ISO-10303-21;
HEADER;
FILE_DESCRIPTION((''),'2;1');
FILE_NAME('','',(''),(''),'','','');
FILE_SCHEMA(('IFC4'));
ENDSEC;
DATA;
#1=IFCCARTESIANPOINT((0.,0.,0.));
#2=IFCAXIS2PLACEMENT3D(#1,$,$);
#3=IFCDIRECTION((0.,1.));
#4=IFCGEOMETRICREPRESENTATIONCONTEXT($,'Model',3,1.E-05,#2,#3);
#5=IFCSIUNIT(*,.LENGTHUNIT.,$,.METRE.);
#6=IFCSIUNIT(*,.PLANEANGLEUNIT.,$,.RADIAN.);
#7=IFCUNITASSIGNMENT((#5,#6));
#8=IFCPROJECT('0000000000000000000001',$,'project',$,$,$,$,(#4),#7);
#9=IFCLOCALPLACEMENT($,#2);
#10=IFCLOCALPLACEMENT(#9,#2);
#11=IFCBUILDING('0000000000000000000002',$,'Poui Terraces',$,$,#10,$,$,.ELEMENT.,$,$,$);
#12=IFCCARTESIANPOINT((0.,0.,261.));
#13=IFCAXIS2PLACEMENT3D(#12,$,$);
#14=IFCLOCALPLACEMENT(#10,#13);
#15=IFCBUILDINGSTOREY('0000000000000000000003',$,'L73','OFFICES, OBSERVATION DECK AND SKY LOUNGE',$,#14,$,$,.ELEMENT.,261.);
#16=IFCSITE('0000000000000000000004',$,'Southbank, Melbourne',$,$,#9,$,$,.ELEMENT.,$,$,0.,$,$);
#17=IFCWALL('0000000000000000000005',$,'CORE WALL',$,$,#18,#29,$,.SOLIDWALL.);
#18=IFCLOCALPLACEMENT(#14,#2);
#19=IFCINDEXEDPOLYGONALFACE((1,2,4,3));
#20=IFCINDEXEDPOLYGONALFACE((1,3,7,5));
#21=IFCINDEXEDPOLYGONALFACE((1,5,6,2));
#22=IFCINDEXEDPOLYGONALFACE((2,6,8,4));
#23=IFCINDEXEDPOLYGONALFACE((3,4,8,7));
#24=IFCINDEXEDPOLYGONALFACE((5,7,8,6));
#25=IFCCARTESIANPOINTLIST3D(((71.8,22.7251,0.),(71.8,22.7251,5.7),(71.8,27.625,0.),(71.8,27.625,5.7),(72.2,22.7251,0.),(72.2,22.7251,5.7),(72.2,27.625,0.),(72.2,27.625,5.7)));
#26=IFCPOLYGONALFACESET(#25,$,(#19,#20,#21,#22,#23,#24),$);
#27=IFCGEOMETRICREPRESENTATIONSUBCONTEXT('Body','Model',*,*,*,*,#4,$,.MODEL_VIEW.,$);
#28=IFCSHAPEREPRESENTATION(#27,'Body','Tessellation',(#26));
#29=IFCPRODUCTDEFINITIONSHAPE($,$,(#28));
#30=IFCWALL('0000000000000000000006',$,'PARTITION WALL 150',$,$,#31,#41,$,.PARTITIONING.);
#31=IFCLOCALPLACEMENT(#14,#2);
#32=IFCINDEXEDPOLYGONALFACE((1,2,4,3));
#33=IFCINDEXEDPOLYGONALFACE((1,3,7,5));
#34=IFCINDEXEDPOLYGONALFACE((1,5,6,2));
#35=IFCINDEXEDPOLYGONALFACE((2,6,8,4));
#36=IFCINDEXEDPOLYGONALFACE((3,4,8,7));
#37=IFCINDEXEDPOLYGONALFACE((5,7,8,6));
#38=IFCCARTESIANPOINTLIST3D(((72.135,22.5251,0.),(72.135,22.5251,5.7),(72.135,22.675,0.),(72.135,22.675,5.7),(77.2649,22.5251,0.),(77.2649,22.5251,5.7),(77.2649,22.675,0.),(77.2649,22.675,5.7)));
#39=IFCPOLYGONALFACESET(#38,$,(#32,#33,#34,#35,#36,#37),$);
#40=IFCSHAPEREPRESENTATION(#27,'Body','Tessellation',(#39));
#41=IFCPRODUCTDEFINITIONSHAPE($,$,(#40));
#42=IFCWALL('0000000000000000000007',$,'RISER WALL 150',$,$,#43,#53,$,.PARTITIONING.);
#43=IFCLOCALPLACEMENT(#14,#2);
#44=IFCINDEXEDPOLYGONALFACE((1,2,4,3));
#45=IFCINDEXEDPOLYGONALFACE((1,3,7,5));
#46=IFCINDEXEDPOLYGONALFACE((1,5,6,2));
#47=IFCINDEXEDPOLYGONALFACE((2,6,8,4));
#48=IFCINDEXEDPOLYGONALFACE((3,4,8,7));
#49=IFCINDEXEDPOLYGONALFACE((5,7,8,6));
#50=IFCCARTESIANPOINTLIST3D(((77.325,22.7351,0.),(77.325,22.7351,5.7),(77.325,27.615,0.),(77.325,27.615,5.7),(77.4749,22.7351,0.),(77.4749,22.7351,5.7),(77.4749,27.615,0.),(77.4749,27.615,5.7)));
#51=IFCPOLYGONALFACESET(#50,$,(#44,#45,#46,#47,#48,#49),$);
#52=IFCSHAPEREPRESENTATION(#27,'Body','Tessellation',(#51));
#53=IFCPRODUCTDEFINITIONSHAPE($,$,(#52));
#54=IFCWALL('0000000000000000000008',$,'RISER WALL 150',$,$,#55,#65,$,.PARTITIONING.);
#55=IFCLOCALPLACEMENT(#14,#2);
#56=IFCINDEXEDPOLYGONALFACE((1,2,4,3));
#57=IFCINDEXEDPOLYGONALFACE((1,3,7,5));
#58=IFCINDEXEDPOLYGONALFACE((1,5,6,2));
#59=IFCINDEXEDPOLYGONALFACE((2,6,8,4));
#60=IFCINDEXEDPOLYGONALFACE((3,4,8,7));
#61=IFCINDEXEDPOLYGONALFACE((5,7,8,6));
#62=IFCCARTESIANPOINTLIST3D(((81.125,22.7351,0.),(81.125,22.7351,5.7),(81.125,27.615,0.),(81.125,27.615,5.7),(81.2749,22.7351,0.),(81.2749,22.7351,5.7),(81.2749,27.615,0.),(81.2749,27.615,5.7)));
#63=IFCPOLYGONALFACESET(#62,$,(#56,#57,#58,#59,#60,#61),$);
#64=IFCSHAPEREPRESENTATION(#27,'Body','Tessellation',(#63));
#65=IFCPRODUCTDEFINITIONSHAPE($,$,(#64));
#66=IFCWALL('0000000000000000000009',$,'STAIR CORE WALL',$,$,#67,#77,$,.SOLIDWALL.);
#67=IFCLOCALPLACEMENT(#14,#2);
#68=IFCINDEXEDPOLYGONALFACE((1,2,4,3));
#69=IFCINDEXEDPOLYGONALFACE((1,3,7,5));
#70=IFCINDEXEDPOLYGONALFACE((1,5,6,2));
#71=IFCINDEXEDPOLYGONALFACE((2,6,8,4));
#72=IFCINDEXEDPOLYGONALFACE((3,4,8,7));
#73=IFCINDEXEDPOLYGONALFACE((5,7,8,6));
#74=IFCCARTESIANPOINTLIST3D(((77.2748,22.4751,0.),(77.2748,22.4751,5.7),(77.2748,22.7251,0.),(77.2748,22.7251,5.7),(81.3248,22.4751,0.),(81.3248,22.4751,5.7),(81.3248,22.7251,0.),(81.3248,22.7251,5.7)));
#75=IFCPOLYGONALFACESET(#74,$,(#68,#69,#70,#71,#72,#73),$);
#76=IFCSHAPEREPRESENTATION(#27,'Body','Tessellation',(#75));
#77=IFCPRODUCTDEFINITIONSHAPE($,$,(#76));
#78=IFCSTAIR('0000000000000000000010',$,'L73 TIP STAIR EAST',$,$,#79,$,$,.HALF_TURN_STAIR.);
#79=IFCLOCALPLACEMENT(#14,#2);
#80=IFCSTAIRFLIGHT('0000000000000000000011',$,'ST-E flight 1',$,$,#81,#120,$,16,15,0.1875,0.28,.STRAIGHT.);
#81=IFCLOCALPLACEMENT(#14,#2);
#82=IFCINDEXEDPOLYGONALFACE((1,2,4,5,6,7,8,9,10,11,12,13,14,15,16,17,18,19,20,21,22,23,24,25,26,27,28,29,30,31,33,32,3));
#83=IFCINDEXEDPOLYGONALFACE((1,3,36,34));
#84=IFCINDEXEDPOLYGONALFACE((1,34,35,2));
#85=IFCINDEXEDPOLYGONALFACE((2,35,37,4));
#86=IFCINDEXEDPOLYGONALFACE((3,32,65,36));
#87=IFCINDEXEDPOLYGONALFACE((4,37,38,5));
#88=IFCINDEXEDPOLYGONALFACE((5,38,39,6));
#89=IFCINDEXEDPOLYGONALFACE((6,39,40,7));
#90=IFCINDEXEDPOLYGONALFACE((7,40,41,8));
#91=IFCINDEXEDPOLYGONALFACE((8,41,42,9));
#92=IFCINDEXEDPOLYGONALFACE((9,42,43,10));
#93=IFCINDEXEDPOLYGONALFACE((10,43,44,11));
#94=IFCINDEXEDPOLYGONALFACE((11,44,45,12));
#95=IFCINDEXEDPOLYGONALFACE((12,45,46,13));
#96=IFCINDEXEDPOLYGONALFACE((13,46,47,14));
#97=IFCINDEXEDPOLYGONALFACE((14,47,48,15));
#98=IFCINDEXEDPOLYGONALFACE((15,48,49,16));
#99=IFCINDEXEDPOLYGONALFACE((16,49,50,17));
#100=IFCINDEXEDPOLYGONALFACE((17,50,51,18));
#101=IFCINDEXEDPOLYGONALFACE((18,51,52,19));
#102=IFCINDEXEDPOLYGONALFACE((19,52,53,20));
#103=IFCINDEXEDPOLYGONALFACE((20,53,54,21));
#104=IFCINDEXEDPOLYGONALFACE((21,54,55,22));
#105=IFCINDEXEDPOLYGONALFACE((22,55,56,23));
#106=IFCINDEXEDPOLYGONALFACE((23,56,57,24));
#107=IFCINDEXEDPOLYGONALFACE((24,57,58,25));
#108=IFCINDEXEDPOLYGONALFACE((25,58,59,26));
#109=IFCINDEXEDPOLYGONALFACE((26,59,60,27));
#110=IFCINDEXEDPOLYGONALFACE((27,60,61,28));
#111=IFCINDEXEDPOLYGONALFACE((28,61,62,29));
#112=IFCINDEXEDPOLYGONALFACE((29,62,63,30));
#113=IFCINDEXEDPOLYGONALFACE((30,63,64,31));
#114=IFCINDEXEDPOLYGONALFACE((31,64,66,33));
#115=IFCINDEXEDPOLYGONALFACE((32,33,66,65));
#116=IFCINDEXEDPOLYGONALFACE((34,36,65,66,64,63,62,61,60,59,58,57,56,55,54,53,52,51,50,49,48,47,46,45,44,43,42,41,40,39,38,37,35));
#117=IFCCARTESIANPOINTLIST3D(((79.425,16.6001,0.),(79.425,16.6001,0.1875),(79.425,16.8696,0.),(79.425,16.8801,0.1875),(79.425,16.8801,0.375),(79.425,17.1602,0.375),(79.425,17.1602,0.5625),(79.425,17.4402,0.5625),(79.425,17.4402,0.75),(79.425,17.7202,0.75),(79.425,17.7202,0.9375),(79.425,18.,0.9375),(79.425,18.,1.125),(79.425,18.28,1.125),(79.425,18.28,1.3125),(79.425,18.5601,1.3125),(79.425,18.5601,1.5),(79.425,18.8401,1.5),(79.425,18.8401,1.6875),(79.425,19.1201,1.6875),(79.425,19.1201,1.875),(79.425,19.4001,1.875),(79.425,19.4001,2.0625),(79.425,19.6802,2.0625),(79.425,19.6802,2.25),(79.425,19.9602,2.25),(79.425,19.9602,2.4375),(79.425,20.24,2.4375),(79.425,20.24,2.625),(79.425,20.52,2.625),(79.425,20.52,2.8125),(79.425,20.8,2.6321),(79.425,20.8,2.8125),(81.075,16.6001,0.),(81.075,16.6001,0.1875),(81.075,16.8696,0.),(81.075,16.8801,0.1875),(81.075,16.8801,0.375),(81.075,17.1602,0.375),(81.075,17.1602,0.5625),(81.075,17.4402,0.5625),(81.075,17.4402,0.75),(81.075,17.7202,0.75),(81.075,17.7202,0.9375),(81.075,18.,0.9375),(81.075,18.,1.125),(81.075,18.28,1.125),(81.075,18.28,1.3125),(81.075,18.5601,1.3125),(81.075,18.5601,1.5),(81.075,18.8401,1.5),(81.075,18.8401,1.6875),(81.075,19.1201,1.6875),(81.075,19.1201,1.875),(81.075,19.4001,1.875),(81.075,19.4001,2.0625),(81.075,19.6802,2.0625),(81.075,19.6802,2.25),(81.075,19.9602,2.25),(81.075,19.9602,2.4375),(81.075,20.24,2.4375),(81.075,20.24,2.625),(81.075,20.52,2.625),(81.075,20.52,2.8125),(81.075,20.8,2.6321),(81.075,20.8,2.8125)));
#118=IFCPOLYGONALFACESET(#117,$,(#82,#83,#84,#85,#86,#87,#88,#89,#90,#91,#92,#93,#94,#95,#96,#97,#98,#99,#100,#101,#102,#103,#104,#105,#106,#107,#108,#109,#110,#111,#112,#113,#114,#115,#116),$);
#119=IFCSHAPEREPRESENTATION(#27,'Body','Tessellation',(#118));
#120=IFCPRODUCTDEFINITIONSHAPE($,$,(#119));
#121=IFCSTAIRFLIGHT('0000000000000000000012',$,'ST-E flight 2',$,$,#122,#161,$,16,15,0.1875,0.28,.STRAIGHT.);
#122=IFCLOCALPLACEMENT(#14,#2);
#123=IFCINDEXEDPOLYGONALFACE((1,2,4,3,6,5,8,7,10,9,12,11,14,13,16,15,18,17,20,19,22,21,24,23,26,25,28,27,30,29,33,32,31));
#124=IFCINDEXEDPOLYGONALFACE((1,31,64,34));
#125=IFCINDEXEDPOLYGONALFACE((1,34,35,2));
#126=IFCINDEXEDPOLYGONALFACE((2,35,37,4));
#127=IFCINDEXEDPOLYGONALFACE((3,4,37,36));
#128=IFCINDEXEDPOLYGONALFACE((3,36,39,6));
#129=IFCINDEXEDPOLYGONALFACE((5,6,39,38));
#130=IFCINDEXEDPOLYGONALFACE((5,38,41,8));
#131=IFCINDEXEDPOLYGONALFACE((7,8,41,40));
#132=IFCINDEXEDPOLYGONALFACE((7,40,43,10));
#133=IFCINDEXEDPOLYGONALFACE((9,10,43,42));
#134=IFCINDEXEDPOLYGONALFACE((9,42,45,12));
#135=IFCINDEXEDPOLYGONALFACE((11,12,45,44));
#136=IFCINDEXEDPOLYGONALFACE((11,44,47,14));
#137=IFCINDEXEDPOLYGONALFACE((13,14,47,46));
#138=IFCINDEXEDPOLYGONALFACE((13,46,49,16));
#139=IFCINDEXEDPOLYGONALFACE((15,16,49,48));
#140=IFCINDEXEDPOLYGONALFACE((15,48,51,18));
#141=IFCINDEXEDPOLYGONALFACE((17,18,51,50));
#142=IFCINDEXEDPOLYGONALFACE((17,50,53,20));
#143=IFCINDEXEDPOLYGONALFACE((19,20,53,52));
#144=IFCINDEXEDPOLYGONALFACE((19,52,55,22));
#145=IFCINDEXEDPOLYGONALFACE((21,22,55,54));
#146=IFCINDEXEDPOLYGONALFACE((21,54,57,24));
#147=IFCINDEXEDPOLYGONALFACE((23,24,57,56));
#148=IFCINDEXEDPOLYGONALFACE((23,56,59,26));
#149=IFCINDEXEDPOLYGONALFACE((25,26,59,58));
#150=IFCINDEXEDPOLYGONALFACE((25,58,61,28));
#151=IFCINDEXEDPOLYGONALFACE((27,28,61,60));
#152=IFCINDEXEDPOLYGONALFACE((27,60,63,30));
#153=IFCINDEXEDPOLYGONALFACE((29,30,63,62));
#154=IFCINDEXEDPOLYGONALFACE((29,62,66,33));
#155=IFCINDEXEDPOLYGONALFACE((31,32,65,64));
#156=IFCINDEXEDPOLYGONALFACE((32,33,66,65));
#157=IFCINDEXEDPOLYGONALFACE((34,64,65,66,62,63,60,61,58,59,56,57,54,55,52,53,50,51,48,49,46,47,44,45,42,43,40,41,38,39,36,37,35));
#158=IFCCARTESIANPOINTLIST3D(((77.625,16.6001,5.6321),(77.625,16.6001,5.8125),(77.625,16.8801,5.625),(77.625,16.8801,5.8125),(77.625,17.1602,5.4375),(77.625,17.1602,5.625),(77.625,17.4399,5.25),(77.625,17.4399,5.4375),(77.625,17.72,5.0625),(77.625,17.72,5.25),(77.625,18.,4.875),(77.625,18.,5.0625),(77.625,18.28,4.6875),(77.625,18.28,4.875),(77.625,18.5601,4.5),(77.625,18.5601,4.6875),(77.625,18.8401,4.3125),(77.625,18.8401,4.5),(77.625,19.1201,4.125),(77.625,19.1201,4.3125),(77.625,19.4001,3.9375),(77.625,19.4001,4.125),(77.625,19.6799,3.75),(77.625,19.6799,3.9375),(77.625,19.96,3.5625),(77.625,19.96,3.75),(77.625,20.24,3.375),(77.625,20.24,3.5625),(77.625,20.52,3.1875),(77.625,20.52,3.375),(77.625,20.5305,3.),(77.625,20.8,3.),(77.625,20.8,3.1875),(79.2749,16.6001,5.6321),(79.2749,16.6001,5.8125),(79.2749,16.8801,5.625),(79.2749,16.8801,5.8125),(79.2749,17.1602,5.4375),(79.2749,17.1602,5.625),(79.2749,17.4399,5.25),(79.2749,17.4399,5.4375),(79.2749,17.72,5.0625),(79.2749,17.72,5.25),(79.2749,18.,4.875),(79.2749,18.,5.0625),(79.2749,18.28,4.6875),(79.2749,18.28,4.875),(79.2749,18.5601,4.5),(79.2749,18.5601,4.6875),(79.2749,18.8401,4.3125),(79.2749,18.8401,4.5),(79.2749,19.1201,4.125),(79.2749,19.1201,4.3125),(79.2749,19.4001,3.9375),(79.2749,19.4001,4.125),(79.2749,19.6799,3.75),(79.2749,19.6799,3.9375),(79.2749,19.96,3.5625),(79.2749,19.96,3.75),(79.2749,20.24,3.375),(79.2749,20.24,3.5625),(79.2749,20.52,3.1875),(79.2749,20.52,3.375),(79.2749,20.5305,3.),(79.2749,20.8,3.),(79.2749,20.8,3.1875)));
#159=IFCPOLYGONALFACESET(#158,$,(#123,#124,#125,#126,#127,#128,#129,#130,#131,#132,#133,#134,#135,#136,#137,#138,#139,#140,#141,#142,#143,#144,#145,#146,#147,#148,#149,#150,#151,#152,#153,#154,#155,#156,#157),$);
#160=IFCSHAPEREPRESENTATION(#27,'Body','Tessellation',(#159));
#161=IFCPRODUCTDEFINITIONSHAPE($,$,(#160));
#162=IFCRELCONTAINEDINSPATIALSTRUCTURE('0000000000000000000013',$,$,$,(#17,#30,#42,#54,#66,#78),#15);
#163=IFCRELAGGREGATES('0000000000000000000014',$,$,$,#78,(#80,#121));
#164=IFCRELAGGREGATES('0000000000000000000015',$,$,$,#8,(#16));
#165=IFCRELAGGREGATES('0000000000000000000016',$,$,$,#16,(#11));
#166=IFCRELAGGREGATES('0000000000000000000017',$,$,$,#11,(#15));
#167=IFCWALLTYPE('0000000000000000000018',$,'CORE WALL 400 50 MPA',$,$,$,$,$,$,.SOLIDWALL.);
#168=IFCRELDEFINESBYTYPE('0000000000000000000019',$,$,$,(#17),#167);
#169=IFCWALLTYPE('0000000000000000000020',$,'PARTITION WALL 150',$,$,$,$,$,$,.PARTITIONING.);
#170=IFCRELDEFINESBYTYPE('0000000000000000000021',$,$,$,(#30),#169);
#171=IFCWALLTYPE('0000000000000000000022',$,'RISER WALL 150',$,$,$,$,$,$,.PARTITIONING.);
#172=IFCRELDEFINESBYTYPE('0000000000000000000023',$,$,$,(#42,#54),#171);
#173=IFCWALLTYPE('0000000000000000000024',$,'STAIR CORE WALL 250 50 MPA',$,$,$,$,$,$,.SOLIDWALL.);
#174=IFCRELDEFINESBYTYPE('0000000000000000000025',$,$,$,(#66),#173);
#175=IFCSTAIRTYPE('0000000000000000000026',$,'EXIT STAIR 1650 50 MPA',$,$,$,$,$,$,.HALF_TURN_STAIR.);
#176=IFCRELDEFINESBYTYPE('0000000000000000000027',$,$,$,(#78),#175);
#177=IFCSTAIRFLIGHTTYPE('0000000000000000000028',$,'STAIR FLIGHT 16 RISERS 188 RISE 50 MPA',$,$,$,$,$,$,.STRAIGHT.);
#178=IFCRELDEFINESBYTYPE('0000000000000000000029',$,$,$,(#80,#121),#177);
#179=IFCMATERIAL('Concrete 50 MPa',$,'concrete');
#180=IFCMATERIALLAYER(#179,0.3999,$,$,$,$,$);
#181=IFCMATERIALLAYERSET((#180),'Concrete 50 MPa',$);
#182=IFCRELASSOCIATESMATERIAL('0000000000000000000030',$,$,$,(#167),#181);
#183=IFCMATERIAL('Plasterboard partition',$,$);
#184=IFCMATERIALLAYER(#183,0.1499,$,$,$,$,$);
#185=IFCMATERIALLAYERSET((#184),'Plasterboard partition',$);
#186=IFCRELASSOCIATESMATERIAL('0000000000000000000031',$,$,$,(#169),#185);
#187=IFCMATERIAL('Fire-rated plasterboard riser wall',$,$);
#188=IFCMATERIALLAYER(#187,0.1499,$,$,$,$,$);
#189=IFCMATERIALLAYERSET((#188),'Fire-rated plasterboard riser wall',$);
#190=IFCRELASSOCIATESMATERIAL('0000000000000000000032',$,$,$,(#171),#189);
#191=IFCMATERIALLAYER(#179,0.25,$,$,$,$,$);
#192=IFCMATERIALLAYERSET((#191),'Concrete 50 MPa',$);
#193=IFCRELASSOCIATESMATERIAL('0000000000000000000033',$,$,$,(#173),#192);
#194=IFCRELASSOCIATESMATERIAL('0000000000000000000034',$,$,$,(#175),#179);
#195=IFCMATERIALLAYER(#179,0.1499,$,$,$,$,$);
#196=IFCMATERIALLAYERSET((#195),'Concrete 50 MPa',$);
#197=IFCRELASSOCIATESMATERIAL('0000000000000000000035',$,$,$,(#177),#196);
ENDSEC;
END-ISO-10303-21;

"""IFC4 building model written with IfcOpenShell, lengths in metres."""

from ifc_helpers import new_model, si_unit, direction, frame, frame_2d, origin, place, context, subcontext, project, spatial, polyline, rectangle, outline, extrude, material, layer, layer_set, type_object, element, aggregate, save


model = new_model("IFC4")

# Units and contexts
model_context = context("Model", 3, precision=1e-05, world=origin(), true_north=direction((0.0, 1.0)))
body_context = subcontext(model_context, "Body", "Model", "MODEL_VIEW")
ifc_project = project(units=[si_unit("LENGTHUNIT", "METRE"), si_unit("PLANEANGLEUNIT", "RADIAN")], contexts=[model_context])

# Site, building, storey
site_placement = place(None, origin())
site = spatial("IfcSite", under=ifc_project, at=site_placement, Name="Southbank, Melbourne", CompositionType="ELEMENT", RefElevation=0.0)
building_placement = place(site_placement, origin())
building = spatial("IfcBuilding", under=site, at=building_placement, Name="Poui Terraces", CompositionType="ELEMENT")
storey_placement = place(building_placement, frame((0.0, 0.0, 261.0)))
storey = spatial("IfcBuildingStorey", under=building, at=storey_placement, Name="L73", Description="OFFICES, OBSERVATION DECK AND SKY LOUNGE", CompositionType="ELEMENT", Elevation=261.0)

# Walls
ifc_material_1 = material(Name="Concrete 50 MPa", Category="concrete")
ifc_layer_1 = layer(ifc_material_1, 0.3999)
ifc_layer_set_1 = layer_set([ifc_layer_1], Name="Concrete 50 MPa")
wall_type_1 = type_object("IfcWallType", Name="CORE WALL 400 50 MPA", PredefinedType="SOLIDWALL", material=ifc_layer_set_1)
wall_1_placement = place(storey_placement, frame((72.0, 22.7251, 0.0), z_axis=(0.0, 0.0, 1.0), x_axis=(0.0, 1.0, 0.0)))
element("IfcWall", 1, at=wall_1_placement, inside=storey, type_object=wall_type_1, Name="CORE WALL", PredefinedType="SOLIDWALL", context=body_context, shape_type="SweptSolid", body=[
    extrude(rectangle(XDim=4.8999, YDim=0.3999, at=frame_2d((2.45, 0.0))), origin(), (0.0, 0.0, 1.0), 5.7),
])
ifc_material_2 = material(Name="Plasterboard partition")
ifc_layer_2 = layer(ifc_material_2, 0.1499)
ifc_layer_set_2 = layer_set([ifc_layer_2], Name="Plasterboard partition")
wall_type_2 = type_object("IfcWallType", Name="PARTITION WALL 150", PredefinedType="PARTITIONING", material=ifc_layer_set_2)
wall_2_placement = place(storey_placement, frame((72.135, 22.6001, 0.0), z_axis=(0.0, 0.0, 1.0), x_axis=(1.0, 0.0, 0.0)))
element("IfcWall", 2, at=wall_2_placement, inside=storey, type_object=wall_type_2, Name="PARTITION WALL 150", PredefinedType="PARTITIONING", context=body_context, shape_type="SweptSolid", body=[
    extrude(rectangle(XDim=5.1299, YDim=0.1499, at=frame_2d((2.5649, 0.0))), origin(), (0.0, 0.0, 1.0), 5.7),
])
ifc_material_3 = material(Name="Fire-rated plasterboard riser wall")
ifc_layer_3 = layer(ifc_material_3, 0.1499)
ifc_layer_set_3 = layer_set([ifc_layer_3], Name="Fire-rated plasterboard riser wall")
wall_type_3 = type_object("IfcWallType", Name="RISER WALL 150", PredefinedType="PARTITIONING", material=ifc_layer_set_3)
for number, where, z_axis, x_axis, name in (
    (3, (77.3999, 22.7351, 0.0), (0.0, 0.0, 1.0), (0.0, 1.0, 0.0), "RISER WALL 150"),
    (4, (81.2, 22.7351, 0.0), (0.0, 0.0, 1.0), (0.0, 1.0, 0.0), "RISER WALL 150"),
):
    element("IfcWall", number, at=place(storey_placement, frame(where, z_axis=z_axis, x_axis=x_axis)), inside=storey, type_object=wall_type_3, Name=name, PredefinedType="PARTITIONING", context=body_context, shape_type="SweptSolid", body=[
        extrude(rectangle(XDim=4.8799, YDim=0.1499, at=frame_2d((2.4399, 0.0))), origin(), (0.0, 0.0, 1.0), 5.7),
    ])
ifc_layer_4 = layer(ifc_material_1, 0.25)
ifc_layer_set_4 = layer_set([ifc_layer_4], Name="Concrete 50 MPa")
wall_type_4 = type_object("IfcWallType", Name="STAIR CORE WALL 250 50 MPA", PredefinedType="SOLIDWALL", material=ifc_layer_set_4)
wall_3_placement = place(storey_placement, frame((77.2749, 22.6001, 0.0), z_axis=(0.0, 0.0, 1.0), x_axis=(1.0, 0.0, 0.0)))
element("IfcWall", 5, at=wall_3_placement, inside=storey, type_object=wall_type_4, Name="STAIR CORE WALL", PredefinedType="SOLIDWALL", context=body_context, shape_type="SweptSolid", body=[
    extrude(rectangle(XDim=4.05, YDim=0.25, at=frame_2d((2.0249, 0.0))), origin(), (0.0, 0.0, 1.0), 5.7),
])

# Stair, stair flights
stair_type = type_object("IfcStairType", Name="EXIT STAIR 1650 50 MPA", PredefinedType="HALF_TURN_STAIR", material=ifc_material_1)
stair_placement = place(storey_placement, origin())
stair = element("IfcStair", 6, at=stair_placement, inside=storey, type_object=stair_type, Name="L73 TIP STAIR EAST", PredefinedType="HALF_TURN_STAIR")
ifc_layer_5 = layer(ifc_material_1, 0.1499)
ifc_layer_set_5 = layer_set([ifc_layer_5], Name="Concrete 50 MPa")
stair_flight_type = type_object("IfcStairFlightType", Name="STAIR FLIGHT 16 RISERS 188 RISE 50 MPA", PredefinedType="STRAIGHT", material=ifc_layer_set_5)
stair_flight_1_placement = place(storey_placement, frame((80.25, 16.6001, 0.0), z_axis=(0.0, 0.0, 1.0), x_axis=(0.0, 1.0, 0.0)))
stair_flight_1 = element("IfcStairFlight", 7, at=stair_flight_1_placement, type_object=stair_flight_type, Name="ST-E flight 1", NumberOfRisers=16, NumberOfTreads=15, PredefinedType="STRAIGHT", RiserHeight=0.1875, TreadLength=0.28, context=body_context, shape_type="SweptSolid", body=[
    extrude(outline(polyline([(0.0, 0.0), (0.0, 0.1875), (0.28, 0.1875), (0.28, 0.375), (0.5601, 0.375), (0.5601, 0.5625), (0.8401, 0.5625), (0.8401, 0.75), (1.1201, 0.75), (1.1201, 0.9375), (1.3999, 0.9375), (1.3999, 1.125), (1.6799, 1.125), (1.6799, 1.3125), (1.96, 1.3125), (1.96, 1.5), (2.24, 1.5), (2.24, 1.6875), (2.52, 1.6875), (2.52, 1.875), (2.8, 1.875), (2.8, 2.0625), (3.0801, 2.0625), (3.0801, 2.25), (3.3601, 2.25), (3.3601, 2.4375), (3.6399, 2.4375), (3.6399, 2.625), (3.9199, 2.625), (3.9199, 2.8125), (4.2, 2.8125), (4.2, 3.0), (4.2, 2.6321), (0.2695, 0.0), (0.0, 0.0)])), frame((0.0, 0.825, 0.0), z_axis=(0.0, -1.0, 0.0), x_axis=(1.0, 0.0, 0.0)), (0.0, 0.0, 1.0), 1.6499),
])
stair_flight_2_placement = place(storey_placement, frame((78.45, 20.8, 3.0), z_axis=(0.0, 0.0, 1.0), x_axis=(0.0, -1.0, 0.0)))
stair_flight_2 = element("IfcStairFlight", 8, at=stair_flight_2_placement, type_object=stair_flight_type, Name="ST-E flight 2", NumberOfRisers=16, NumberOfTreads=15, PredefinedType="STRAIGHT", RiserHeight=0.1875, TreadLength=0.28, context=body_context, shape_type="SweptSolid", body=[
    extrude(outline(polyline([(0.0, 0.0), (0.0, 0.1875), (0.28, 0.1875), (0.28, 0.375), (0.5601, 0.375), (0.5601, 0.5625), (0.8401, 0.5625), (0.8401, 0.75), (1.1201, 0.75), (1.1201, 0.9375), (1.3999, 0.9375), (1.3999, 1.125), (1.6799, 1.125), (1.6799, 1.3125), (1.96, 1.3125), (1.96, 1.5), (2.24, 1.5), (2.24, 1.6875), (2.52, 1.6875), (2.52, 1.875), (2.8, 1.875), (2.8, 2.0625), (3.0801, 2.0625), (3.0801, 2.25), (3.3601, 2.25), (3.3601, 2.4375), (3.6399, 2.4375), (3.6399, 2.625), (3.9199, 2.625), (3.9199, 2.8125), (4.2, 2.8125), (4.2, 3.0), (4.2, 2.6321), (0.2695, 0.0), (0.0, 0.0)])), frame((0.0, 0.825, 0.0), z_axis=(0.0, -1.0, 0.0), x_axis=(1.0, 0.0, 0.0)), (0.0, 0.0, 1.0), 1.6499),
])
aggregate(stair, [stair_flight_1, stair_flight_2])

save(model, "model.ifc")
